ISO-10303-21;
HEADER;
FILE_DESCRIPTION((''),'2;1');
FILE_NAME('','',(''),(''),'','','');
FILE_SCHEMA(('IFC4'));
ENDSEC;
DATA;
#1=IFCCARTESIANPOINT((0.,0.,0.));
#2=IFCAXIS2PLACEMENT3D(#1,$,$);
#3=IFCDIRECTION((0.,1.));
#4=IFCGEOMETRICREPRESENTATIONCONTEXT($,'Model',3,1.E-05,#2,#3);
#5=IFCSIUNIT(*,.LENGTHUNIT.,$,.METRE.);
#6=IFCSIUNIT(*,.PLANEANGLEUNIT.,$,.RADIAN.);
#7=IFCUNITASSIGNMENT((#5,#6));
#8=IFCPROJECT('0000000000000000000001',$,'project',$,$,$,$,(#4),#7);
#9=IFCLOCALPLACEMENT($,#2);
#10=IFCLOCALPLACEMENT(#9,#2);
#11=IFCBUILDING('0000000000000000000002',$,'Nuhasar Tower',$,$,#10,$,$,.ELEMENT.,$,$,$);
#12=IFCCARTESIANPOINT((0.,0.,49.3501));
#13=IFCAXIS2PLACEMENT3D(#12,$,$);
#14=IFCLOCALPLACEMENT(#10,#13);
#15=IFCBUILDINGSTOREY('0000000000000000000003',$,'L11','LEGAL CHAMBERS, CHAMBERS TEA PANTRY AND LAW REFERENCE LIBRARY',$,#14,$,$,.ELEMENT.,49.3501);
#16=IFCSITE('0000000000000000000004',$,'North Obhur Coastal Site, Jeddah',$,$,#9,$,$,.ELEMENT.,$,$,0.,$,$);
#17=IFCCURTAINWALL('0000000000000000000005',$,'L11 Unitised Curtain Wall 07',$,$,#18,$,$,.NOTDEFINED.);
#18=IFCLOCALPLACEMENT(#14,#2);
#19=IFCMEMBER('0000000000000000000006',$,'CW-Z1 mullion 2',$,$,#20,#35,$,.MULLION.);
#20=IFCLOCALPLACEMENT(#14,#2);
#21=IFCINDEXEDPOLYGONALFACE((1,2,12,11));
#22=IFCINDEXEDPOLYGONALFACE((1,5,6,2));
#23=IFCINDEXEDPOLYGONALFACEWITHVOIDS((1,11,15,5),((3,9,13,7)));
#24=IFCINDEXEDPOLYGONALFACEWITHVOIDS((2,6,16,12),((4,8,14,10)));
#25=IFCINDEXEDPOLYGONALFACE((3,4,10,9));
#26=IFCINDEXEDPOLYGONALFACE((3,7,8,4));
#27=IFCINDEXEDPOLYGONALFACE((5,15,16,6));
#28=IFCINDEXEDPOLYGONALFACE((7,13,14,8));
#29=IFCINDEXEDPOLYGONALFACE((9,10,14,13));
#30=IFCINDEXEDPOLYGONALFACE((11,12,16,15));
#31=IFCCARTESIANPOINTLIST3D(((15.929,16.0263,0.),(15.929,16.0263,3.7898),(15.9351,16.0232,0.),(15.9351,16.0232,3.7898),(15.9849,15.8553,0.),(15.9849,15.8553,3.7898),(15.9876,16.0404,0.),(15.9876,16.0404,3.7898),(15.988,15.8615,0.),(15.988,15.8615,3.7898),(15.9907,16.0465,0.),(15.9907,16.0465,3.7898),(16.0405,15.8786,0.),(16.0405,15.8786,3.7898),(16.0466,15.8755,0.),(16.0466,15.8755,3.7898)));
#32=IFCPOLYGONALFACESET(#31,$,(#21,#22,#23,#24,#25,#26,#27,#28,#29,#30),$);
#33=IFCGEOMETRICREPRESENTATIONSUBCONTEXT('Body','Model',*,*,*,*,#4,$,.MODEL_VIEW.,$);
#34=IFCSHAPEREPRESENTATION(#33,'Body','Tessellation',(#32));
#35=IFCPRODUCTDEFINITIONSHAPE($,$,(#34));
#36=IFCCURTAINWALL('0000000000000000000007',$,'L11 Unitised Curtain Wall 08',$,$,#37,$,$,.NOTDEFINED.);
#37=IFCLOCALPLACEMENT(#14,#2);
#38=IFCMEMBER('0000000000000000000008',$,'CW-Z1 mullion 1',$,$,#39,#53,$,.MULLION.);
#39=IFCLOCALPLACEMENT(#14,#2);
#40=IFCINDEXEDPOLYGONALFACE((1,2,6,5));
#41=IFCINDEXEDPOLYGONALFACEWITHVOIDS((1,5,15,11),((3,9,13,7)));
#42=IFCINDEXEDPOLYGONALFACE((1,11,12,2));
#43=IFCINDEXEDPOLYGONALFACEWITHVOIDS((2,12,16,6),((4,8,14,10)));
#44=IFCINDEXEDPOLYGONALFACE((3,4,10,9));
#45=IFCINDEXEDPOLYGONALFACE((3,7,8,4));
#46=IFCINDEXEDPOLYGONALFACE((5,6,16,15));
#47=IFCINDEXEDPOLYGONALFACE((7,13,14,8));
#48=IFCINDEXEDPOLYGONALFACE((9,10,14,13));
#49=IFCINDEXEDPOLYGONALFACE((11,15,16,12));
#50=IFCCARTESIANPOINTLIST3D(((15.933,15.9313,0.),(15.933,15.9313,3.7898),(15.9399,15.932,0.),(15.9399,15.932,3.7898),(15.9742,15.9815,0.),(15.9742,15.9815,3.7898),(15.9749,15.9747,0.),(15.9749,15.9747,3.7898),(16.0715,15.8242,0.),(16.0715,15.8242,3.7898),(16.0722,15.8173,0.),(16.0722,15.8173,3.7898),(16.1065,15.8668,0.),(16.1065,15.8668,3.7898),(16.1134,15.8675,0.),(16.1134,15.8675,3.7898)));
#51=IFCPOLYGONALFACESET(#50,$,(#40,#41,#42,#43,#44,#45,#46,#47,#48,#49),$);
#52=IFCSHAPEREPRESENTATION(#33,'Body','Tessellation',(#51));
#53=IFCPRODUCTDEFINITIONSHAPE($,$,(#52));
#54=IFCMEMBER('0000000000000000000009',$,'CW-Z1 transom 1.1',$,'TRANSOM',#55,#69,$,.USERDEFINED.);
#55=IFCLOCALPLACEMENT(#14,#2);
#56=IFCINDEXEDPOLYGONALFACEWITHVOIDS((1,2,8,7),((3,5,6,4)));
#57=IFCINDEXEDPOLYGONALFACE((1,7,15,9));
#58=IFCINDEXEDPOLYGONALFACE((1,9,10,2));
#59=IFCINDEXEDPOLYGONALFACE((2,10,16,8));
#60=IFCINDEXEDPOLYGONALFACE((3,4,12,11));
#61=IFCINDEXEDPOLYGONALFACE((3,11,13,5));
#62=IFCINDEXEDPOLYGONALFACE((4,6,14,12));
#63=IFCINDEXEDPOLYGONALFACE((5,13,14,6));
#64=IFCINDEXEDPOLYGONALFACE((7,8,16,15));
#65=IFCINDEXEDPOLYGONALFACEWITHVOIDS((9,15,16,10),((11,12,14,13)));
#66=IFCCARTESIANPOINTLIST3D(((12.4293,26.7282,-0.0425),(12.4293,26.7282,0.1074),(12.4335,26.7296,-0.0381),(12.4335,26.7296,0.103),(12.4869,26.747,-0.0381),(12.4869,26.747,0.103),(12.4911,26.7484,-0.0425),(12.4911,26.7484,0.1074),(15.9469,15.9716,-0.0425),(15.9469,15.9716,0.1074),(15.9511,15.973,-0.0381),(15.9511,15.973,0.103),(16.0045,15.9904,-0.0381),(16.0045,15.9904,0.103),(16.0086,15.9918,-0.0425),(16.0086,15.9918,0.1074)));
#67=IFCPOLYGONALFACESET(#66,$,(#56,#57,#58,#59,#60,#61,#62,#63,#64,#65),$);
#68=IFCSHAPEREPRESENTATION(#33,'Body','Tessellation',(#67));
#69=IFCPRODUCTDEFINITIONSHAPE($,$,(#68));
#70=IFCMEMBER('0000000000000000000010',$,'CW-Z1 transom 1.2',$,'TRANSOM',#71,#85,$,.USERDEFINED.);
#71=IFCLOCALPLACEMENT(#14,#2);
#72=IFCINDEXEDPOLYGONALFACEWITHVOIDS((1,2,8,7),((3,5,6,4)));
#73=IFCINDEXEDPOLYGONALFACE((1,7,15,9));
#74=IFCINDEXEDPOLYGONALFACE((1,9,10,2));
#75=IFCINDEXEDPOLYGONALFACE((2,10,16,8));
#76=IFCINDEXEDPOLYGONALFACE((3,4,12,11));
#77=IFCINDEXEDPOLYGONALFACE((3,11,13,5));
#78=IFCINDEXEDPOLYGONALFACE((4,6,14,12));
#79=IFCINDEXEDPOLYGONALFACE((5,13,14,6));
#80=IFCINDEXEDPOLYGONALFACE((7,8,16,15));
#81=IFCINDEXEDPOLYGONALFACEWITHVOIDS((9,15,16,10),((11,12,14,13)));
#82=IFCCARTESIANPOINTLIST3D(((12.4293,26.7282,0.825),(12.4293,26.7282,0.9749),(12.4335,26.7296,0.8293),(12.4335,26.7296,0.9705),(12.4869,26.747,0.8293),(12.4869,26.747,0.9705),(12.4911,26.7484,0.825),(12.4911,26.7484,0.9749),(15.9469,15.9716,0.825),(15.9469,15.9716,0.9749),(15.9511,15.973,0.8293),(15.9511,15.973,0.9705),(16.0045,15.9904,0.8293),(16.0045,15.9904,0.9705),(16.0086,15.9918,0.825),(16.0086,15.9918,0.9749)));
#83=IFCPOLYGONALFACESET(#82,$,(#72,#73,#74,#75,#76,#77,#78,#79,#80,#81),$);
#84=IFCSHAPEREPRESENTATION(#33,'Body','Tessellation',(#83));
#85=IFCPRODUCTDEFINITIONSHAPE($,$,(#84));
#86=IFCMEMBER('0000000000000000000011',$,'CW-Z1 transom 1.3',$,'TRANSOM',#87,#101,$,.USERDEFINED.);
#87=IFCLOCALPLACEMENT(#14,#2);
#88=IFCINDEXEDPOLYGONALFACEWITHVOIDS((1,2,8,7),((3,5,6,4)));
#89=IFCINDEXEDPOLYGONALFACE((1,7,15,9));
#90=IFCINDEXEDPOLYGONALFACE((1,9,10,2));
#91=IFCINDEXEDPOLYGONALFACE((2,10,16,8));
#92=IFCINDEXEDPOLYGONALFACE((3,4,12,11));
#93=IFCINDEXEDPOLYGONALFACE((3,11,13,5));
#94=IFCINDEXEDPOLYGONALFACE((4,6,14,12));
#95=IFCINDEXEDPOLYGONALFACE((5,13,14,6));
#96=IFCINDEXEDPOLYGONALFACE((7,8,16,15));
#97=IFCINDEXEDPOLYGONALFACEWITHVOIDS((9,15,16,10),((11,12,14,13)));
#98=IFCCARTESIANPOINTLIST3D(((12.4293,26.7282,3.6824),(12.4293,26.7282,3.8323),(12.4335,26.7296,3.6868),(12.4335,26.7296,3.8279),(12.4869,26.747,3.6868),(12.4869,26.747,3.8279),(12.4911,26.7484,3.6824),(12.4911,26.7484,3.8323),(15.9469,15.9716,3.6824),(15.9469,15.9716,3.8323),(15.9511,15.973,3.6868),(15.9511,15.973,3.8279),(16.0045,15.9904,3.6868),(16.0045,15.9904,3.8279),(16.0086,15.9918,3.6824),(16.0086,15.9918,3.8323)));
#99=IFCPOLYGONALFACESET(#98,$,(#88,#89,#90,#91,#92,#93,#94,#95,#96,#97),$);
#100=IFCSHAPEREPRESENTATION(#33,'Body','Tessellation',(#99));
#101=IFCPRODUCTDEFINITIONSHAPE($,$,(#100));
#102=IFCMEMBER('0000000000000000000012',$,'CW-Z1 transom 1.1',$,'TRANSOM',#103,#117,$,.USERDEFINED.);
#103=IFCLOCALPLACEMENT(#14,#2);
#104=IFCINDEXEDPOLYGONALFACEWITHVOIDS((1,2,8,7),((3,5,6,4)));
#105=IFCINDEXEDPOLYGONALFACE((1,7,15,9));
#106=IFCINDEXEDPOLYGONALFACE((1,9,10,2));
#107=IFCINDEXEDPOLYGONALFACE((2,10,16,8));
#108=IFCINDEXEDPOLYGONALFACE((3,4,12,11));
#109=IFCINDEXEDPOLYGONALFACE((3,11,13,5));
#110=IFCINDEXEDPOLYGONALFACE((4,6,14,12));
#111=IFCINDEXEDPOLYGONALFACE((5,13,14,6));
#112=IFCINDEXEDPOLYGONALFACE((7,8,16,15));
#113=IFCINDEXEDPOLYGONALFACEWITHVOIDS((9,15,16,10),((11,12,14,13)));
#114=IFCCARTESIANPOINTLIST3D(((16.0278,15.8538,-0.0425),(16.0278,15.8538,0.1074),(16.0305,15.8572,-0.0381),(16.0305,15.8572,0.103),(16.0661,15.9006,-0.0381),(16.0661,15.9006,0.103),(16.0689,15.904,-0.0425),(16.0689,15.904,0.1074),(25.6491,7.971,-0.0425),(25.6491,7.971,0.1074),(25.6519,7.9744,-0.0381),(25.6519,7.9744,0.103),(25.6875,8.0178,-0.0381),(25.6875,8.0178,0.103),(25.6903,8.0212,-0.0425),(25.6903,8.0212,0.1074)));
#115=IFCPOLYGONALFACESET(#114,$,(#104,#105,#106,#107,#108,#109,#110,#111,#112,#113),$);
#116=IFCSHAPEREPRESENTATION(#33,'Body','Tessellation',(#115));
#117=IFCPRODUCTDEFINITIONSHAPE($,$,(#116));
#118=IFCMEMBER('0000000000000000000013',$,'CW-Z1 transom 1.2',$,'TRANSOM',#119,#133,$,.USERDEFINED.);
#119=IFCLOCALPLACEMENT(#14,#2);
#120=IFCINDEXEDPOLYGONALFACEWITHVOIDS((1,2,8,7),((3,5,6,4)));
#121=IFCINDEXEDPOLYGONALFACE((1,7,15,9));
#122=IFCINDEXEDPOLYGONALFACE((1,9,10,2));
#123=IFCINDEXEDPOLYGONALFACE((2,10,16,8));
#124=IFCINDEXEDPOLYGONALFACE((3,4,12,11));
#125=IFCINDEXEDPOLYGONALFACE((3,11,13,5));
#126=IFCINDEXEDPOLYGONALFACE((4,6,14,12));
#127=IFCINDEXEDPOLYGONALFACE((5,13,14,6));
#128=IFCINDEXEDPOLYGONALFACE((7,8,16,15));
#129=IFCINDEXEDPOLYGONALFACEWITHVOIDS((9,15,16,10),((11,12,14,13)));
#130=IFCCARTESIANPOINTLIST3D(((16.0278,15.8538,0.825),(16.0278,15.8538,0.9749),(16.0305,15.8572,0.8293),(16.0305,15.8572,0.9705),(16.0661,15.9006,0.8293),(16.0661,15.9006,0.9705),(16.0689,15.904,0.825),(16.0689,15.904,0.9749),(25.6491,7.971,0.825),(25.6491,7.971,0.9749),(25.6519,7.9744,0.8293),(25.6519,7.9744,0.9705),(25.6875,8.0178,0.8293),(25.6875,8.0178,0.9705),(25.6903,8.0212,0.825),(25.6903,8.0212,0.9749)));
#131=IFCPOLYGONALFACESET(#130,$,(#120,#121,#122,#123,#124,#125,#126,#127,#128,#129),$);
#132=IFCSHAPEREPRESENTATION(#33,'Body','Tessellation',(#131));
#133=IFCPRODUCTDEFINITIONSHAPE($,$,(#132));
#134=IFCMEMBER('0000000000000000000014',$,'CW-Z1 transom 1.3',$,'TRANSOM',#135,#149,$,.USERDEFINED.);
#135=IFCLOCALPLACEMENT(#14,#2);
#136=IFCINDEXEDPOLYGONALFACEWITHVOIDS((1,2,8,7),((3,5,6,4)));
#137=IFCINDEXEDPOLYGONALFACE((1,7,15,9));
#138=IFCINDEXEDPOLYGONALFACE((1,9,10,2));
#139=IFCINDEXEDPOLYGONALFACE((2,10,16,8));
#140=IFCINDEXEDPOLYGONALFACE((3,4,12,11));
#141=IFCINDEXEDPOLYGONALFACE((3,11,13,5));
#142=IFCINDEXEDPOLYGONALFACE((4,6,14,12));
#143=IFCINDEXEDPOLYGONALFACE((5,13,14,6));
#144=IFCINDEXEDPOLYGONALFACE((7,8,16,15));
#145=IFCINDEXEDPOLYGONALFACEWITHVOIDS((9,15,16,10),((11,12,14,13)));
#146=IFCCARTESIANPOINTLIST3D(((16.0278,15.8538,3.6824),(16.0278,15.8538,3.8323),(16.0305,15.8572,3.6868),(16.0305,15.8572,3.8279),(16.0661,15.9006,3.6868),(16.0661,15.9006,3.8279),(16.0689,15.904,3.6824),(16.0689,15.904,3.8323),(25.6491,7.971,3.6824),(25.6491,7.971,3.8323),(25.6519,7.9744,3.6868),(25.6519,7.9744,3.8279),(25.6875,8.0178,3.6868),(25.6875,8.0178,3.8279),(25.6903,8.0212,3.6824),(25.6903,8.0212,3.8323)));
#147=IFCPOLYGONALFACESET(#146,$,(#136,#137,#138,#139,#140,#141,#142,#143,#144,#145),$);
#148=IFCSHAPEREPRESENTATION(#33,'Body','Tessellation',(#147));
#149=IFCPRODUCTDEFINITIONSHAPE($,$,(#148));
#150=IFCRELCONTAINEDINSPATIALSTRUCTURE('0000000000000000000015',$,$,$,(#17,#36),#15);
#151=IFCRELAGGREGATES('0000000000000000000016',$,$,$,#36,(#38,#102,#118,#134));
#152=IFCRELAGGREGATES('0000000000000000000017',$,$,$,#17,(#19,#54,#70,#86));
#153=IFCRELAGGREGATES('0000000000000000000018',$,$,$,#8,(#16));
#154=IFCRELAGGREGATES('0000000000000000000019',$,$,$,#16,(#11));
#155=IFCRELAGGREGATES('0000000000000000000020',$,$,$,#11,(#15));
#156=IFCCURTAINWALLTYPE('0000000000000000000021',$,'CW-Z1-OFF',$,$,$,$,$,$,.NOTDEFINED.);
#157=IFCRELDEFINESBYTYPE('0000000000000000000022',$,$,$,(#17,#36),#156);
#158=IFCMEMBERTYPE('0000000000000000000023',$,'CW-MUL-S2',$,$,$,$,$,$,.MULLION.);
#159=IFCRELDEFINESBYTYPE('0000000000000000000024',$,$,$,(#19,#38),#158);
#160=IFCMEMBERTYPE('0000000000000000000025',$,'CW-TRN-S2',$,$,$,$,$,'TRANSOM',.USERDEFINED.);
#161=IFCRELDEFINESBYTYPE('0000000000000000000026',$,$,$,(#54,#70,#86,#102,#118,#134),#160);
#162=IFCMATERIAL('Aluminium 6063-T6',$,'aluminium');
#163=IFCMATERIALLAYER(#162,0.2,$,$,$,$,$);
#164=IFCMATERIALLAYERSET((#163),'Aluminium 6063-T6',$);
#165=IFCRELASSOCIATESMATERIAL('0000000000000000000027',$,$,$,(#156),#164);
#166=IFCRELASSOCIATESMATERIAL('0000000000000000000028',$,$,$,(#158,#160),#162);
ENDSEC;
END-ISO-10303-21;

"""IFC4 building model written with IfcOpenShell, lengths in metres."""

from ifc_helpers import new_model, si_unit, direction, frame, origin, origin_2d, place, context, subcontext, project, spatial, hollow_rectangle, extrude, material, layer, layer_set, material_profile, profile_set, type_object, element, aggregate, save


model = new_model("IFC4")

# Units and contexts
model_context = context("Model", 3, precision=1e-05, world=origin(), true_north=direction((0.0, 1.0)))
body_context = subcontext(model_context, "Body", "Model", "MODEL_VIEW")
ifc_project = project(units=[si_unit("LENGTHUNIT", "METRE"), si_unit("PLANEANGLEUNIT", "RADIAN")], contexts=[model_context])

# Site, building, storey
site_placement = place(None, origin())
site = spatial("IfcSite", under=ifc_project, at=site_placement, Name="North Obhur Coastal Site, Jeddah", CompositionType="ELEMENT", RefElevation=0.0)
building_placement = place(site_placement, origin())
building = spatial("IfcBuilding", under=site, at=building_placement, Name="Nuhasar Tower", CompositionType="ELEMENT")
storey_placement = place(building_placement, frame((0.0, 0.0, 49.3501)))
storey = spatial("IfcBuildingStorey", under=building, at=storey_placement, Name="L11", Description="LEGAL CHAMBERS, CHAMBERS TEA PANTRY AND LAW REFERENCE LIBRARY", CompositionType="ELEMENT", Elevation=49.3501)

# Curtain wall, member
ifc_material_1 = material(Name="Aluminium 6063-T6", Category="aluminium")
ifc_layer_1 = layer(ifc_material_1, 0.2)
ifc_layer_set_1 = layer_set([ifc_layer_1], Name="Aluminium 6063-T6")
curtain_wall_type = type_object("IfcCurtainWallType", Name="CW-Z1-OFF", PredefinedType="NOTDEFINED", material=ifc_layer_set_1)
curtain_wall_1_placement = place(storey_placement, origin())
curtain_wall_1 = element("IfcCurtainWall", 1, at=curtain_wall_1_placement, inside=storey, type_object=curtain_wall_type, Name="L11 Unitised Curtain Wall 07", PredefinedType="NOTDEFINED")
ifc_material_profile_1 = material_profile(ifc_material_1, hollow_rectangle(XDim=0.0649, YDim=0.1799, WallThickness=0.0049, at=origin_2d()), Name="CWM-2")
ifc_profile_set_1 = profile_set([ifc_material_profile_1], Name="Aluminium 6063-T6")
member_type_1 = type_object("IfcMemberType", Name="CW-MUL-S2", PredefinedType="MULLION", material=ifc_profile_set_1)
member_1_placement = place(storey_placement, frame((15.9878, 15.9509, 0.0), z_axis=(0.0, 0.0, 1.0), x_axis=(0.950468, 0.310824, 0.0)))
member_1 = element("IfcMember", 2, at=member_1_placement, type_object=member_type_1, Name="CW-Z1 mullion 2", PredefinedType="MULLION", context=body_context, shape_type="SweptSolid", body=[
    extrude(hollow_rectangle(XDim=0.0649, YDim=0.1799, WallThickness=0.0049, at=origin_2d()), origin(), (0.0, 0.0, 1.0), 3.7898),
])

# Curtain wall, member
curtain_wall_2_placement = place(storey_placement, origin())
curtain_wall_2 = element("IfcCurtainWall", 3, at=curtain_wall_2_placement, inside=storey, type_object=curtain_wall_type, Name="L11 Unitised Curtain Wall 08", PredefinedType="NOTDEFINED")
member_2_placement = place(storey_placement, frame((16.0232, 15.8994, 0.0), z_axis=(0.0, 0.0, 1.0), x_axis=(0.633745, 0.773542, 0.0)))
member_2 = element("IfcMember", 4, at=member_2_placement, type_object=member_type_1, Name="CW-Z1 mullion 1", PredefinedType="MULLION", context=body_context, shape_type="SweptSolid", body=[
    extrude(hollow_rectangle(XDim=0.0649, YDim=0.1799, WallThickness=0.0049, at=origin_2d()), origin(), (0.0, 0.0, 1.0), 3.7898),
])

# Members
ifc_material_profile_2 = material_profile(ifc_material_1, hollow_rectangle(XDim=0.0649, YDim=0.1499, WallThickness=0.0044, at=origin_2d()), Name="CWT-2")
ifc_profile_set_2 = profile_set([ifc_material_profile_2], Name="Aluminium 6063-T6")
member_type_2 = type_object("IfcMemberType", Name="CW-TRN-S2", ElementType="TRANSOM", PredefinedType="USERDEFINED", material=ifc_profile_set_2)
member_3_placement = place(storey_placement, frame((12.4602, 26.7383, 0.0325), z_axis=(0.310819, -0.950469, 0.0), x_axis=(0.950469, 0.310819, 0.0)))
member_3 = element("IfcMember", 5, at=member_3_placement, type_object=member_type_2, Name="CW-Z1 transom 1.1", ObjectType="TRANSOM", PredefinedType="USERDEFINED", context=body_context, shape_type="SweptSolid", body=[
    extrude(hollow_rectangle(XDim=0.0649, YDim=0.1499, WallThickness=0.0044, at=origin_2d()), origin(), (0.0, 0.0, 1.0), 11.3171),
])
member_4_placement = place(storey_placement, frame((12.4602, 26.7383, 0.8999), z_axis=(0.310819, -0.950469, 0.0), x_axis=(0.950469, 0.310819, 0.0)))
member_4 = element("IfcMember", 6, at=member_4_placement, type_object=member_type_2, Name="CW-Z1 transom 1.2", ObjectType="TRANSOM", PredefinedType="USERDEFINED", context=body_context, shape_type="SweptSolid", body=[
    extrude(hollow_rectangle(XDim=0.0649, YDim=0.1499, WallThickness=0.0044, at=origin_2d()), origin(), (0.0, 0.0, 1.0), 11.3171),
])
member_5_placement = place(storey_placement, frame((12.4602, 26.7383, 3.7573), z_axis=(0.310819, -0.950469, 0.0), x_axis=(0.950469, 0.310819, 0.0)))
member_5 = element("IfcMember", 7, at=member_5_placement, type_object=member_type_2, Name="CW-Z1 transom 1.3", ObjectType="TRANSOM", PredefinedType="USERDEFINED", context=body_context, shape_type="SweptSolid", body=[
    extrude(hollow_rectangle(XDim=0.0649, YDim=0.1499, WallThickness=0.0044, at=origin_2d()), origin(), (0.0, 0.0, 1.0), 11.3171),
])
member_6_placement = place(storey_placement, frame((16.0483, 15.8789, 0.0325), z_axis=(0.773531, -0.633758, 0.0), x_axis=(0.633758, 0.773531, 0.0)))
member_6 = element("IfcMember", 8, at=member_6_placement, type_object=member_type_2, Name="CW-Z1 transom 1.1", ObjectType="TRANSOM", PredefinedType="USERDEFINED", context=body_context, shape_type="SweptSolid", body=[
    extrude(hollow_rectangle(XDim=0.0649, YDim=0.1499, WallThickness=0.0044, at=origin_2d()), origin(), (0.0, 0.0, 1.0), 12.4382),
])
member_7_placement = place(storey_placement, frame((16.0483, 15.8789, 0.8999), z_axis=(0.773531, -0.633758, 0.0), x_axis=(0.633758, 0.773531, 0.0)))
member_7 = element("IfcMember", 9, at=member_7_placement, type_object=member_type_2, Name="CW-Z1 transom 1.2", ObjectType="TRANSOM", PredefinedType="USERDEFINED", context=body_context, shape_type="SweptSolid", body=[
    extrude(hollow_rectangle(XDim=0.0649, YDim=0.1499, WallThickness=0.0044, at=origin_2d()), origin(), (0.0, 0.0, 1.0), 12.4382),
])
member_8_placement = place(storey_placement, frame((16.0483, 15.8789, 3.7573), z_axis=(0.773531, -0.633758, 0.0), x_axis=(0.633758, 0.773531, 0.0)))
member_8 = element("IfcMember", 10, at=member_8_placement, type_object=member_type_2, Name="CW-Z1 transom 1.3", ObjectType="TRANSOM", PredefinedType="USERDEFINED", context=body_context, shape_type="SweptSolid", body=[
    extrude(hollow_rectangle(XDim=0.0649, YDim=0.1499, WallThickness=0.0044, at=origin_2d()), origin(), (0.0, 0.0, 1.0), 12.4382),
])
aggregate(curtain_wall_2, [member_2, member_6, member_7, member_8])

aggregate(curtain_wall_1, [member_1, member_3, member_4, member_5])

save(model, "model.ifc")
